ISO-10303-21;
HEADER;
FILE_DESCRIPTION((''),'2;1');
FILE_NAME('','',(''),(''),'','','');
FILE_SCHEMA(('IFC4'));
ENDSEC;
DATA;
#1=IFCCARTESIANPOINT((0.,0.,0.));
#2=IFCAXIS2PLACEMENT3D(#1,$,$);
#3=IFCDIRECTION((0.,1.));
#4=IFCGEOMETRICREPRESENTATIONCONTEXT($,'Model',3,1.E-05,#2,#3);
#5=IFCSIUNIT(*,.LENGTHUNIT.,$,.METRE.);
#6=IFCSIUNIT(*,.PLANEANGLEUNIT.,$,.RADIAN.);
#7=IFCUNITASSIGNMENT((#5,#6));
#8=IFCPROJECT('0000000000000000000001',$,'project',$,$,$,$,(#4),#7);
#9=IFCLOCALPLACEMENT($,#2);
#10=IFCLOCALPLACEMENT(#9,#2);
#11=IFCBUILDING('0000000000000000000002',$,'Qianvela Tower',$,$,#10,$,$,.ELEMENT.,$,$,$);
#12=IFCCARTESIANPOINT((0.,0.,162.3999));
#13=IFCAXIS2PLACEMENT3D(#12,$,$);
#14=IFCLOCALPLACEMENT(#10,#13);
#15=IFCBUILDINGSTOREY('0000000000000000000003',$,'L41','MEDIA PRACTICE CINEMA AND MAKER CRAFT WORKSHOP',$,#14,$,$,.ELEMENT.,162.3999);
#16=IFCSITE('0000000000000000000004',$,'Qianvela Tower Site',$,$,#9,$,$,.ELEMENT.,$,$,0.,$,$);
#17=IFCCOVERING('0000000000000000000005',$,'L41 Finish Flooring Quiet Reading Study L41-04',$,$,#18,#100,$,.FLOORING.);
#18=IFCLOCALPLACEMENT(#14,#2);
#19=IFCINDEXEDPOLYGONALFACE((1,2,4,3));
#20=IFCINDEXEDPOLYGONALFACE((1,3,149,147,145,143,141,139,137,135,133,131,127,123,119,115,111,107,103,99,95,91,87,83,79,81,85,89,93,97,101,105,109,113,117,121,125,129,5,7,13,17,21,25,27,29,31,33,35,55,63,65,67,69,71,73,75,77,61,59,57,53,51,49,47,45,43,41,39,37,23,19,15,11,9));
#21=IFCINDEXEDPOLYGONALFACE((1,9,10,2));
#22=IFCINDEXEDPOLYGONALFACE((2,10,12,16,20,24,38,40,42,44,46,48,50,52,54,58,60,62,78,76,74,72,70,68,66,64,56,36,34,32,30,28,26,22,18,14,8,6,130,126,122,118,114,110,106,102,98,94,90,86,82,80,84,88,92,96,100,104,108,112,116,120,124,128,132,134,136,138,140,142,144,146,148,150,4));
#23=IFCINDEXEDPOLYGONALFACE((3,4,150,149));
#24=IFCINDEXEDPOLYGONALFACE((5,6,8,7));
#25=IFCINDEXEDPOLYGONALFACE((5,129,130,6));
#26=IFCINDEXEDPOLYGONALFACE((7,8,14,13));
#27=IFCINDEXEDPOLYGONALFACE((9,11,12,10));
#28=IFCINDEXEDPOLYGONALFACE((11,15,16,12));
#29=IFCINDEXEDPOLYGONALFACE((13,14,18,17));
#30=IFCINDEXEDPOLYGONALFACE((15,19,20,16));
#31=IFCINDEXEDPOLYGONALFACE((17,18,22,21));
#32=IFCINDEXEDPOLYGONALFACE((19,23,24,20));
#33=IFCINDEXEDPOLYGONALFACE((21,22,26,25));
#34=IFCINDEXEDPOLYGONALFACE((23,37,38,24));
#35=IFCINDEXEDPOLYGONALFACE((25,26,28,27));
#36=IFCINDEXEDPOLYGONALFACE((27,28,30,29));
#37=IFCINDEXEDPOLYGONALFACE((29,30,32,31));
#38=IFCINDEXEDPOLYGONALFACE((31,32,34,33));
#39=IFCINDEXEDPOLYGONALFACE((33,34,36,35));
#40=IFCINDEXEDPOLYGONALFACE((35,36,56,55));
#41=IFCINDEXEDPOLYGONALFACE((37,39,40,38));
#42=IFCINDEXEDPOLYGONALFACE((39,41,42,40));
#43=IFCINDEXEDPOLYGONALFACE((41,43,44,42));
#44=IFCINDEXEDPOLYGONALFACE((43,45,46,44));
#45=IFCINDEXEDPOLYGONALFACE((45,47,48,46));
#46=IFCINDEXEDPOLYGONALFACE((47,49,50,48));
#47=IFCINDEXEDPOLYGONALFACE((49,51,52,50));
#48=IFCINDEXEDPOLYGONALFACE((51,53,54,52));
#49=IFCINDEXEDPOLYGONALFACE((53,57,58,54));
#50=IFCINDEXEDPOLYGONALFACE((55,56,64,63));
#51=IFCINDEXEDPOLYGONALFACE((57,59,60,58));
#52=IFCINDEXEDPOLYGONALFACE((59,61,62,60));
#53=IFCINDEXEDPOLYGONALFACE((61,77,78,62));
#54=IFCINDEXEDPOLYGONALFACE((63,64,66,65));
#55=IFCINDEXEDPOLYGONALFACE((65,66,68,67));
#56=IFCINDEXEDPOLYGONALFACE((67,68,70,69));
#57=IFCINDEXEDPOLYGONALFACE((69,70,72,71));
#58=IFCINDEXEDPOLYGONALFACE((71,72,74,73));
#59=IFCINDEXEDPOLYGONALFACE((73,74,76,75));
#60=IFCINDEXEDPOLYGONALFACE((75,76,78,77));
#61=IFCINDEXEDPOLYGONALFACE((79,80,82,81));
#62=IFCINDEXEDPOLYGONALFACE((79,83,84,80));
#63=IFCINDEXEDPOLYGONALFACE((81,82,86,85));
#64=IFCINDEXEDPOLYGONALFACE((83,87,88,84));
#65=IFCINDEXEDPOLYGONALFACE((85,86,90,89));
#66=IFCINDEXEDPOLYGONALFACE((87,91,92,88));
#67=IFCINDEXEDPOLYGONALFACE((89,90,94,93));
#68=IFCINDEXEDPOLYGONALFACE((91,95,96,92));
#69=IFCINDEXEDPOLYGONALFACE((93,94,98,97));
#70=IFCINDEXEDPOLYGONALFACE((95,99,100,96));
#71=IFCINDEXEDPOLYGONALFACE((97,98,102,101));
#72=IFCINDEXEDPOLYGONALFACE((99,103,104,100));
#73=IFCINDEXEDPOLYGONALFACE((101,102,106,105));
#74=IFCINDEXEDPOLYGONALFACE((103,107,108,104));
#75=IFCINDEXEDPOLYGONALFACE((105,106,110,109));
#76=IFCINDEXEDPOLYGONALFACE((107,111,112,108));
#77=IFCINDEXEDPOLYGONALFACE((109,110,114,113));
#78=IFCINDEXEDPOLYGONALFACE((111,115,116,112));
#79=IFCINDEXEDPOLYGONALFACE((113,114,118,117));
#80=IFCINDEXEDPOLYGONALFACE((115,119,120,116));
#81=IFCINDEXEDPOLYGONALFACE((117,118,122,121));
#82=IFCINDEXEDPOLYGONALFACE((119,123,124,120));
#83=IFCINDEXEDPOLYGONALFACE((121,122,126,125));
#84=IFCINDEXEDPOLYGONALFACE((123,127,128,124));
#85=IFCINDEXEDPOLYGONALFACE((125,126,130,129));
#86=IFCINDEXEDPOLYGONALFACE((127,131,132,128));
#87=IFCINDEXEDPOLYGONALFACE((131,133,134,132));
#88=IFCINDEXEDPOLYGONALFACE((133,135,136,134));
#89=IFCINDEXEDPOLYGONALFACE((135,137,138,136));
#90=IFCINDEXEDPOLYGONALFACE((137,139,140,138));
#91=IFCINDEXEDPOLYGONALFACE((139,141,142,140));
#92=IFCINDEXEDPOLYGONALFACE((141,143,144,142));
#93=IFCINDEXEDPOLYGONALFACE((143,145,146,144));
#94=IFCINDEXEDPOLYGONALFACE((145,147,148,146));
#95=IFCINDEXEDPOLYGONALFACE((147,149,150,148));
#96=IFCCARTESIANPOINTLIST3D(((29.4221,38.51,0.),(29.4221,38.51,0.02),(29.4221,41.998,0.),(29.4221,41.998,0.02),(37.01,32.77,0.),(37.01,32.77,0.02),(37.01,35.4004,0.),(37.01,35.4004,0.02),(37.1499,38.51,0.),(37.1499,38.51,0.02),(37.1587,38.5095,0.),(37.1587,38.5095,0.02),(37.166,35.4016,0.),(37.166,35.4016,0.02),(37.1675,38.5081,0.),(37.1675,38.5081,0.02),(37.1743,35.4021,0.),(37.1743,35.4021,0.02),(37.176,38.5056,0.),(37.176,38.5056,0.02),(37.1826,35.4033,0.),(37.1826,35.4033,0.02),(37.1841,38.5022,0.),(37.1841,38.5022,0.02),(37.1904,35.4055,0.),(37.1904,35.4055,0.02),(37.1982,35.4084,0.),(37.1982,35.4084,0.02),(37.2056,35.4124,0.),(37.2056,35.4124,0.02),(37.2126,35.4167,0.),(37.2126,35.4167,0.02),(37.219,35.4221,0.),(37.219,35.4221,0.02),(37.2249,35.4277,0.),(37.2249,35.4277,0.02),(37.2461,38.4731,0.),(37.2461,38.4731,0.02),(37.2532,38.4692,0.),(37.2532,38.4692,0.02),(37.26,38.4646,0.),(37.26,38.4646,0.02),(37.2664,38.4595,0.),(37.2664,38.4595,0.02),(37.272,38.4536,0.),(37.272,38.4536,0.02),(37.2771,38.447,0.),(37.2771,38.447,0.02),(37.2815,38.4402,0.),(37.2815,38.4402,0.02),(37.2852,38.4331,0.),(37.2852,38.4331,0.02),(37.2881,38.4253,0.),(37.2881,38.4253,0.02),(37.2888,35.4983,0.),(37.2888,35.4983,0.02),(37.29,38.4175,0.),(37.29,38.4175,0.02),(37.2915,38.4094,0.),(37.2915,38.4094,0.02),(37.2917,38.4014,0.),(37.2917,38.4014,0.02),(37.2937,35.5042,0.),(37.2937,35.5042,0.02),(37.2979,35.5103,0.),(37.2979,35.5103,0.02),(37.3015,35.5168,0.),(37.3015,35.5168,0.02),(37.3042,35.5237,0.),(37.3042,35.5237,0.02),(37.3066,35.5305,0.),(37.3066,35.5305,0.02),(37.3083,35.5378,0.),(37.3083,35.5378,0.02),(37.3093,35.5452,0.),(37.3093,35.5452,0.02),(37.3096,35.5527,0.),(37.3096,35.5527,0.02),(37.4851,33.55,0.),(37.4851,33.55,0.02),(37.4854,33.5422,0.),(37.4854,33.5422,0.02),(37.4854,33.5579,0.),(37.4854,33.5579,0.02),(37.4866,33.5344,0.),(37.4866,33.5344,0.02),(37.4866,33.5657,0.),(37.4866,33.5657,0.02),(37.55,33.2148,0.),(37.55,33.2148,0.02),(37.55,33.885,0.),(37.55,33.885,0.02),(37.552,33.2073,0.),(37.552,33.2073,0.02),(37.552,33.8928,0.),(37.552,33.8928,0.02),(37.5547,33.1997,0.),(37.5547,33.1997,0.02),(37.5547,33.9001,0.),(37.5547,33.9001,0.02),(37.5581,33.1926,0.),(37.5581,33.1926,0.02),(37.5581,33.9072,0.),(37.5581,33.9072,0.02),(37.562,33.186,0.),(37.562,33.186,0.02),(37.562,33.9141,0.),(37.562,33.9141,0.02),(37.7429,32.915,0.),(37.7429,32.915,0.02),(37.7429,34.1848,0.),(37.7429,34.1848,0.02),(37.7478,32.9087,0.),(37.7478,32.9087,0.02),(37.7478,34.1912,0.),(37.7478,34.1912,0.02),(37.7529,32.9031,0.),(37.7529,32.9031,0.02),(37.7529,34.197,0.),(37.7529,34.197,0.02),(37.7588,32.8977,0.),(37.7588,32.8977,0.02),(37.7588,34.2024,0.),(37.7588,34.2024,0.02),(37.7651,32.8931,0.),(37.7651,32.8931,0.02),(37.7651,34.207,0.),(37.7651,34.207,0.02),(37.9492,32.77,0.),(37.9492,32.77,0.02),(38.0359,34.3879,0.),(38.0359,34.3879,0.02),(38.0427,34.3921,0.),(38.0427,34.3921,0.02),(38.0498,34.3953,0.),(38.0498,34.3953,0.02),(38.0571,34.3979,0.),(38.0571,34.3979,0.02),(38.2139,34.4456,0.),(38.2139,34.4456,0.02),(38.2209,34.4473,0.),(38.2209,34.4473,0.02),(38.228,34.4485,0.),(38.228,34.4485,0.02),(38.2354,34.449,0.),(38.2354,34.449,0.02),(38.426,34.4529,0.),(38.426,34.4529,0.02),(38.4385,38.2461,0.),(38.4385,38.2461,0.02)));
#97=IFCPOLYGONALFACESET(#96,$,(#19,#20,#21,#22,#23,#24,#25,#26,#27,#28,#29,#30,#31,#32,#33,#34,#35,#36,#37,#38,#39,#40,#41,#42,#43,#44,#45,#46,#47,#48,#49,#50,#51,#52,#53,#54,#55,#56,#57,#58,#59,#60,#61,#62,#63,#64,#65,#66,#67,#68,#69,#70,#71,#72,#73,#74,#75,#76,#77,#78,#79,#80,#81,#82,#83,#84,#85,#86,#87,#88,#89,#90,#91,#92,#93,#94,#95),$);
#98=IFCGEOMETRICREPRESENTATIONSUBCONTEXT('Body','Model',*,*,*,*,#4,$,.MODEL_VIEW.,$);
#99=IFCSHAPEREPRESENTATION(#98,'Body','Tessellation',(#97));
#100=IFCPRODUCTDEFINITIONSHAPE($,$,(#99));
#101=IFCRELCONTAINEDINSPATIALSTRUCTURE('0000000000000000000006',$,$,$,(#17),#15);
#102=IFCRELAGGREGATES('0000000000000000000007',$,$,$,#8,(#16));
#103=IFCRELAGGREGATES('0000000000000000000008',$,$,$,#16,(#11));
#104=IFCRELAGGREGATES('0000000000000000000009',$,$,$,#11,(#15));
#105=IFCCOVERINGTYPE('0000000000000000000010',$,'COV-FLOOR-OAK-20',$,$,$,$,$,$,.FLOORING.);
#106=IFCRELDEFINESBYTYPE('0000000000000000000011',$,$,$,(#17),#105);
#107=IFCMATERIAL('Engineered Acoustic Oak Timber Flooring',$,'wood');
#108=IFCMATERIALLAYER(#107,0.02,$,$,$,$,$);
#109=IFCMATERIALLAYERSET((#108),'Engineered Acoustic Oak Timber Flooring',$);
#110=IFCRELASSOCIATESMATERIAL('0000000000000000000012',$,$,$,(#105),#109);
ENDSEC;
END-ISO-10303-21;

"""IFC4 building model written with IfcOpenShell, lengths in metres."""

from ifc_helpers import new_model, si_unit, direction, frame, origin, place, context, subcontext, project, spatial, polyline, outline, extrude, material, layer, layer_set, type_object, element, save


model = new_model("IFC4")

# Units and contexts
model_context = context("Model", 3, precision=1e-05, world=origin(), true_north=direction((0.0, 1.0)))
body_context = subcontext(model_context, "Body", "Model", "MODEL_VIEW")
ifc_project = project(units=[si_unit("LENGTHUNIT", "METRE"), si_unit("PLANEANGLEUNIT", "RADIAN")], contexts=[model_context])

# Site, building, storey
site_placement = place(None, origin())
site = spatial("IfcSite", under=ifc_project, at=site_placement, Name="Qianvela Tower Site", CompositionType="ELEMENT", RefElevation=0.0)
building_placement = place(site_placement, origin())
building = spatial("IfcBuilding", under=site, at=building_placement, Name="Qianvela Tower", CompositionType="ELEMENT")
storey_placement = place(building_placement, frame((0.0, 0.0, 162.3999)))
storey = spatial("IfcBuildingStorey", under=building, at=storey_placement, Name="L41", Description="MEDIA PRACTICE CINEMA AND MAKER CRAFT WORKSHOP", CompositionType="ELEMENT", Elevation=162.3999)

# Covering
ifc_material_1 = material(Name="Engineered Acoustic Oak Timber Flooring", Category="wood")
ifc_layer_1 = layer(ifc_material_1, 0.02)
ifc_layer_set_1 = layer_set([ifc_layer_1], Name="Engineered Acoustic Oak Timber Flooring")
covering_type_1 = type_object("IfcCoveringType", Name="COV-FLOOR-OAK-20", PredefinedType="FLOORING", material=ifc_layer_set_1)
covering_1_placement = place(storey_placement, origin())
element("IfcCovering", 1, at=covering_1_placement, inside=storey, type_object=covering_type_1, Name="L41 Finish Flooring Quiet Reading Study L41-04", PredefinedType="FLOORING", context=body_context, shape_type="SweptSolid", body=[
    extrude(outline(polyline([(37.9492, 32.77), (37.01, 32.77), (37.01, 35.4004), (37.166, 35.4016), (37.1743, 35.4021), (37.1826, 35.4033), (37.1904, 35.4055), (37.1982, 35.4084), (37.2056, 35.4124), (37.2126, 35.4167), (37.219, 35.4221), (37.2249, 35.4277), (37.2888, 35.4983), (37.2937, 35.5042), (37.2979, 35.5103), (37.3015, 35.5168), (37.3042, 35.5237), (37.3066, 35.5305), (37.3083, 35.5378), (37.3093, 35.5452), (37.3096, 35.5527), (37.2917, 38.4014), (37.2915, 38.4094), (37.29, 38.4175), (37.2881, 38.4253), (37.2852, 38.4331), (37.2815, 38.4402), (37.2771, 38.447), (37.272, 38.4536), (37.2664, 38.4595), (37.26, 38.4646), (37.2532, 38.4692), (37.2461, 38.4731), (37.1841, 38.5022), (37.176, 38.5056), (37.1675, 38.5081), (37.1587, 38.5095), (37.1499, 38.51), (29.4221, 38.51), (29.4221, 41.998), (38.4385, 38.2461), (38.426, 34.4529), (38.2354, 34.449), (38.228, 34.4485), (38.2209, 34.4473), (38.2139, 34.4456), (38.0571, 34.3979), (38.0498, 34.3953), (38.0427, 34.3921), (38.0359, 34.3879), (37.7651, 34.207), (37.7588, 34.2024), (37.7529, 34.197), (37.7478, 34.1912), (37.7429, 34.1848), (37.562, 33.9141), (37.5581, 33.9072), (37.5547, 33.9001), (37.552, 33.8928), (37.55, 33.885), (37.4866, 33.5657), (37.4854, 33.5579), (37.4851, 33.55), (37.4854, 33.5422), (37.4866, 33.5344), (37.55, 33.2148), (37.552, 33.2073), (37.5547, 33.1997), (37.5581, 33.1926), (37.562, 33.186), (37.7429, 32.915), (37.7478, 32.9087), (37.7529, 32.9031), (37.7588, 32.8977), (37.7651, 32.8931), (37.9492, 32.77)])), origin(), (0.0, 0.0, 1.0), 0.02),
])

save(model, "model.ifc")
